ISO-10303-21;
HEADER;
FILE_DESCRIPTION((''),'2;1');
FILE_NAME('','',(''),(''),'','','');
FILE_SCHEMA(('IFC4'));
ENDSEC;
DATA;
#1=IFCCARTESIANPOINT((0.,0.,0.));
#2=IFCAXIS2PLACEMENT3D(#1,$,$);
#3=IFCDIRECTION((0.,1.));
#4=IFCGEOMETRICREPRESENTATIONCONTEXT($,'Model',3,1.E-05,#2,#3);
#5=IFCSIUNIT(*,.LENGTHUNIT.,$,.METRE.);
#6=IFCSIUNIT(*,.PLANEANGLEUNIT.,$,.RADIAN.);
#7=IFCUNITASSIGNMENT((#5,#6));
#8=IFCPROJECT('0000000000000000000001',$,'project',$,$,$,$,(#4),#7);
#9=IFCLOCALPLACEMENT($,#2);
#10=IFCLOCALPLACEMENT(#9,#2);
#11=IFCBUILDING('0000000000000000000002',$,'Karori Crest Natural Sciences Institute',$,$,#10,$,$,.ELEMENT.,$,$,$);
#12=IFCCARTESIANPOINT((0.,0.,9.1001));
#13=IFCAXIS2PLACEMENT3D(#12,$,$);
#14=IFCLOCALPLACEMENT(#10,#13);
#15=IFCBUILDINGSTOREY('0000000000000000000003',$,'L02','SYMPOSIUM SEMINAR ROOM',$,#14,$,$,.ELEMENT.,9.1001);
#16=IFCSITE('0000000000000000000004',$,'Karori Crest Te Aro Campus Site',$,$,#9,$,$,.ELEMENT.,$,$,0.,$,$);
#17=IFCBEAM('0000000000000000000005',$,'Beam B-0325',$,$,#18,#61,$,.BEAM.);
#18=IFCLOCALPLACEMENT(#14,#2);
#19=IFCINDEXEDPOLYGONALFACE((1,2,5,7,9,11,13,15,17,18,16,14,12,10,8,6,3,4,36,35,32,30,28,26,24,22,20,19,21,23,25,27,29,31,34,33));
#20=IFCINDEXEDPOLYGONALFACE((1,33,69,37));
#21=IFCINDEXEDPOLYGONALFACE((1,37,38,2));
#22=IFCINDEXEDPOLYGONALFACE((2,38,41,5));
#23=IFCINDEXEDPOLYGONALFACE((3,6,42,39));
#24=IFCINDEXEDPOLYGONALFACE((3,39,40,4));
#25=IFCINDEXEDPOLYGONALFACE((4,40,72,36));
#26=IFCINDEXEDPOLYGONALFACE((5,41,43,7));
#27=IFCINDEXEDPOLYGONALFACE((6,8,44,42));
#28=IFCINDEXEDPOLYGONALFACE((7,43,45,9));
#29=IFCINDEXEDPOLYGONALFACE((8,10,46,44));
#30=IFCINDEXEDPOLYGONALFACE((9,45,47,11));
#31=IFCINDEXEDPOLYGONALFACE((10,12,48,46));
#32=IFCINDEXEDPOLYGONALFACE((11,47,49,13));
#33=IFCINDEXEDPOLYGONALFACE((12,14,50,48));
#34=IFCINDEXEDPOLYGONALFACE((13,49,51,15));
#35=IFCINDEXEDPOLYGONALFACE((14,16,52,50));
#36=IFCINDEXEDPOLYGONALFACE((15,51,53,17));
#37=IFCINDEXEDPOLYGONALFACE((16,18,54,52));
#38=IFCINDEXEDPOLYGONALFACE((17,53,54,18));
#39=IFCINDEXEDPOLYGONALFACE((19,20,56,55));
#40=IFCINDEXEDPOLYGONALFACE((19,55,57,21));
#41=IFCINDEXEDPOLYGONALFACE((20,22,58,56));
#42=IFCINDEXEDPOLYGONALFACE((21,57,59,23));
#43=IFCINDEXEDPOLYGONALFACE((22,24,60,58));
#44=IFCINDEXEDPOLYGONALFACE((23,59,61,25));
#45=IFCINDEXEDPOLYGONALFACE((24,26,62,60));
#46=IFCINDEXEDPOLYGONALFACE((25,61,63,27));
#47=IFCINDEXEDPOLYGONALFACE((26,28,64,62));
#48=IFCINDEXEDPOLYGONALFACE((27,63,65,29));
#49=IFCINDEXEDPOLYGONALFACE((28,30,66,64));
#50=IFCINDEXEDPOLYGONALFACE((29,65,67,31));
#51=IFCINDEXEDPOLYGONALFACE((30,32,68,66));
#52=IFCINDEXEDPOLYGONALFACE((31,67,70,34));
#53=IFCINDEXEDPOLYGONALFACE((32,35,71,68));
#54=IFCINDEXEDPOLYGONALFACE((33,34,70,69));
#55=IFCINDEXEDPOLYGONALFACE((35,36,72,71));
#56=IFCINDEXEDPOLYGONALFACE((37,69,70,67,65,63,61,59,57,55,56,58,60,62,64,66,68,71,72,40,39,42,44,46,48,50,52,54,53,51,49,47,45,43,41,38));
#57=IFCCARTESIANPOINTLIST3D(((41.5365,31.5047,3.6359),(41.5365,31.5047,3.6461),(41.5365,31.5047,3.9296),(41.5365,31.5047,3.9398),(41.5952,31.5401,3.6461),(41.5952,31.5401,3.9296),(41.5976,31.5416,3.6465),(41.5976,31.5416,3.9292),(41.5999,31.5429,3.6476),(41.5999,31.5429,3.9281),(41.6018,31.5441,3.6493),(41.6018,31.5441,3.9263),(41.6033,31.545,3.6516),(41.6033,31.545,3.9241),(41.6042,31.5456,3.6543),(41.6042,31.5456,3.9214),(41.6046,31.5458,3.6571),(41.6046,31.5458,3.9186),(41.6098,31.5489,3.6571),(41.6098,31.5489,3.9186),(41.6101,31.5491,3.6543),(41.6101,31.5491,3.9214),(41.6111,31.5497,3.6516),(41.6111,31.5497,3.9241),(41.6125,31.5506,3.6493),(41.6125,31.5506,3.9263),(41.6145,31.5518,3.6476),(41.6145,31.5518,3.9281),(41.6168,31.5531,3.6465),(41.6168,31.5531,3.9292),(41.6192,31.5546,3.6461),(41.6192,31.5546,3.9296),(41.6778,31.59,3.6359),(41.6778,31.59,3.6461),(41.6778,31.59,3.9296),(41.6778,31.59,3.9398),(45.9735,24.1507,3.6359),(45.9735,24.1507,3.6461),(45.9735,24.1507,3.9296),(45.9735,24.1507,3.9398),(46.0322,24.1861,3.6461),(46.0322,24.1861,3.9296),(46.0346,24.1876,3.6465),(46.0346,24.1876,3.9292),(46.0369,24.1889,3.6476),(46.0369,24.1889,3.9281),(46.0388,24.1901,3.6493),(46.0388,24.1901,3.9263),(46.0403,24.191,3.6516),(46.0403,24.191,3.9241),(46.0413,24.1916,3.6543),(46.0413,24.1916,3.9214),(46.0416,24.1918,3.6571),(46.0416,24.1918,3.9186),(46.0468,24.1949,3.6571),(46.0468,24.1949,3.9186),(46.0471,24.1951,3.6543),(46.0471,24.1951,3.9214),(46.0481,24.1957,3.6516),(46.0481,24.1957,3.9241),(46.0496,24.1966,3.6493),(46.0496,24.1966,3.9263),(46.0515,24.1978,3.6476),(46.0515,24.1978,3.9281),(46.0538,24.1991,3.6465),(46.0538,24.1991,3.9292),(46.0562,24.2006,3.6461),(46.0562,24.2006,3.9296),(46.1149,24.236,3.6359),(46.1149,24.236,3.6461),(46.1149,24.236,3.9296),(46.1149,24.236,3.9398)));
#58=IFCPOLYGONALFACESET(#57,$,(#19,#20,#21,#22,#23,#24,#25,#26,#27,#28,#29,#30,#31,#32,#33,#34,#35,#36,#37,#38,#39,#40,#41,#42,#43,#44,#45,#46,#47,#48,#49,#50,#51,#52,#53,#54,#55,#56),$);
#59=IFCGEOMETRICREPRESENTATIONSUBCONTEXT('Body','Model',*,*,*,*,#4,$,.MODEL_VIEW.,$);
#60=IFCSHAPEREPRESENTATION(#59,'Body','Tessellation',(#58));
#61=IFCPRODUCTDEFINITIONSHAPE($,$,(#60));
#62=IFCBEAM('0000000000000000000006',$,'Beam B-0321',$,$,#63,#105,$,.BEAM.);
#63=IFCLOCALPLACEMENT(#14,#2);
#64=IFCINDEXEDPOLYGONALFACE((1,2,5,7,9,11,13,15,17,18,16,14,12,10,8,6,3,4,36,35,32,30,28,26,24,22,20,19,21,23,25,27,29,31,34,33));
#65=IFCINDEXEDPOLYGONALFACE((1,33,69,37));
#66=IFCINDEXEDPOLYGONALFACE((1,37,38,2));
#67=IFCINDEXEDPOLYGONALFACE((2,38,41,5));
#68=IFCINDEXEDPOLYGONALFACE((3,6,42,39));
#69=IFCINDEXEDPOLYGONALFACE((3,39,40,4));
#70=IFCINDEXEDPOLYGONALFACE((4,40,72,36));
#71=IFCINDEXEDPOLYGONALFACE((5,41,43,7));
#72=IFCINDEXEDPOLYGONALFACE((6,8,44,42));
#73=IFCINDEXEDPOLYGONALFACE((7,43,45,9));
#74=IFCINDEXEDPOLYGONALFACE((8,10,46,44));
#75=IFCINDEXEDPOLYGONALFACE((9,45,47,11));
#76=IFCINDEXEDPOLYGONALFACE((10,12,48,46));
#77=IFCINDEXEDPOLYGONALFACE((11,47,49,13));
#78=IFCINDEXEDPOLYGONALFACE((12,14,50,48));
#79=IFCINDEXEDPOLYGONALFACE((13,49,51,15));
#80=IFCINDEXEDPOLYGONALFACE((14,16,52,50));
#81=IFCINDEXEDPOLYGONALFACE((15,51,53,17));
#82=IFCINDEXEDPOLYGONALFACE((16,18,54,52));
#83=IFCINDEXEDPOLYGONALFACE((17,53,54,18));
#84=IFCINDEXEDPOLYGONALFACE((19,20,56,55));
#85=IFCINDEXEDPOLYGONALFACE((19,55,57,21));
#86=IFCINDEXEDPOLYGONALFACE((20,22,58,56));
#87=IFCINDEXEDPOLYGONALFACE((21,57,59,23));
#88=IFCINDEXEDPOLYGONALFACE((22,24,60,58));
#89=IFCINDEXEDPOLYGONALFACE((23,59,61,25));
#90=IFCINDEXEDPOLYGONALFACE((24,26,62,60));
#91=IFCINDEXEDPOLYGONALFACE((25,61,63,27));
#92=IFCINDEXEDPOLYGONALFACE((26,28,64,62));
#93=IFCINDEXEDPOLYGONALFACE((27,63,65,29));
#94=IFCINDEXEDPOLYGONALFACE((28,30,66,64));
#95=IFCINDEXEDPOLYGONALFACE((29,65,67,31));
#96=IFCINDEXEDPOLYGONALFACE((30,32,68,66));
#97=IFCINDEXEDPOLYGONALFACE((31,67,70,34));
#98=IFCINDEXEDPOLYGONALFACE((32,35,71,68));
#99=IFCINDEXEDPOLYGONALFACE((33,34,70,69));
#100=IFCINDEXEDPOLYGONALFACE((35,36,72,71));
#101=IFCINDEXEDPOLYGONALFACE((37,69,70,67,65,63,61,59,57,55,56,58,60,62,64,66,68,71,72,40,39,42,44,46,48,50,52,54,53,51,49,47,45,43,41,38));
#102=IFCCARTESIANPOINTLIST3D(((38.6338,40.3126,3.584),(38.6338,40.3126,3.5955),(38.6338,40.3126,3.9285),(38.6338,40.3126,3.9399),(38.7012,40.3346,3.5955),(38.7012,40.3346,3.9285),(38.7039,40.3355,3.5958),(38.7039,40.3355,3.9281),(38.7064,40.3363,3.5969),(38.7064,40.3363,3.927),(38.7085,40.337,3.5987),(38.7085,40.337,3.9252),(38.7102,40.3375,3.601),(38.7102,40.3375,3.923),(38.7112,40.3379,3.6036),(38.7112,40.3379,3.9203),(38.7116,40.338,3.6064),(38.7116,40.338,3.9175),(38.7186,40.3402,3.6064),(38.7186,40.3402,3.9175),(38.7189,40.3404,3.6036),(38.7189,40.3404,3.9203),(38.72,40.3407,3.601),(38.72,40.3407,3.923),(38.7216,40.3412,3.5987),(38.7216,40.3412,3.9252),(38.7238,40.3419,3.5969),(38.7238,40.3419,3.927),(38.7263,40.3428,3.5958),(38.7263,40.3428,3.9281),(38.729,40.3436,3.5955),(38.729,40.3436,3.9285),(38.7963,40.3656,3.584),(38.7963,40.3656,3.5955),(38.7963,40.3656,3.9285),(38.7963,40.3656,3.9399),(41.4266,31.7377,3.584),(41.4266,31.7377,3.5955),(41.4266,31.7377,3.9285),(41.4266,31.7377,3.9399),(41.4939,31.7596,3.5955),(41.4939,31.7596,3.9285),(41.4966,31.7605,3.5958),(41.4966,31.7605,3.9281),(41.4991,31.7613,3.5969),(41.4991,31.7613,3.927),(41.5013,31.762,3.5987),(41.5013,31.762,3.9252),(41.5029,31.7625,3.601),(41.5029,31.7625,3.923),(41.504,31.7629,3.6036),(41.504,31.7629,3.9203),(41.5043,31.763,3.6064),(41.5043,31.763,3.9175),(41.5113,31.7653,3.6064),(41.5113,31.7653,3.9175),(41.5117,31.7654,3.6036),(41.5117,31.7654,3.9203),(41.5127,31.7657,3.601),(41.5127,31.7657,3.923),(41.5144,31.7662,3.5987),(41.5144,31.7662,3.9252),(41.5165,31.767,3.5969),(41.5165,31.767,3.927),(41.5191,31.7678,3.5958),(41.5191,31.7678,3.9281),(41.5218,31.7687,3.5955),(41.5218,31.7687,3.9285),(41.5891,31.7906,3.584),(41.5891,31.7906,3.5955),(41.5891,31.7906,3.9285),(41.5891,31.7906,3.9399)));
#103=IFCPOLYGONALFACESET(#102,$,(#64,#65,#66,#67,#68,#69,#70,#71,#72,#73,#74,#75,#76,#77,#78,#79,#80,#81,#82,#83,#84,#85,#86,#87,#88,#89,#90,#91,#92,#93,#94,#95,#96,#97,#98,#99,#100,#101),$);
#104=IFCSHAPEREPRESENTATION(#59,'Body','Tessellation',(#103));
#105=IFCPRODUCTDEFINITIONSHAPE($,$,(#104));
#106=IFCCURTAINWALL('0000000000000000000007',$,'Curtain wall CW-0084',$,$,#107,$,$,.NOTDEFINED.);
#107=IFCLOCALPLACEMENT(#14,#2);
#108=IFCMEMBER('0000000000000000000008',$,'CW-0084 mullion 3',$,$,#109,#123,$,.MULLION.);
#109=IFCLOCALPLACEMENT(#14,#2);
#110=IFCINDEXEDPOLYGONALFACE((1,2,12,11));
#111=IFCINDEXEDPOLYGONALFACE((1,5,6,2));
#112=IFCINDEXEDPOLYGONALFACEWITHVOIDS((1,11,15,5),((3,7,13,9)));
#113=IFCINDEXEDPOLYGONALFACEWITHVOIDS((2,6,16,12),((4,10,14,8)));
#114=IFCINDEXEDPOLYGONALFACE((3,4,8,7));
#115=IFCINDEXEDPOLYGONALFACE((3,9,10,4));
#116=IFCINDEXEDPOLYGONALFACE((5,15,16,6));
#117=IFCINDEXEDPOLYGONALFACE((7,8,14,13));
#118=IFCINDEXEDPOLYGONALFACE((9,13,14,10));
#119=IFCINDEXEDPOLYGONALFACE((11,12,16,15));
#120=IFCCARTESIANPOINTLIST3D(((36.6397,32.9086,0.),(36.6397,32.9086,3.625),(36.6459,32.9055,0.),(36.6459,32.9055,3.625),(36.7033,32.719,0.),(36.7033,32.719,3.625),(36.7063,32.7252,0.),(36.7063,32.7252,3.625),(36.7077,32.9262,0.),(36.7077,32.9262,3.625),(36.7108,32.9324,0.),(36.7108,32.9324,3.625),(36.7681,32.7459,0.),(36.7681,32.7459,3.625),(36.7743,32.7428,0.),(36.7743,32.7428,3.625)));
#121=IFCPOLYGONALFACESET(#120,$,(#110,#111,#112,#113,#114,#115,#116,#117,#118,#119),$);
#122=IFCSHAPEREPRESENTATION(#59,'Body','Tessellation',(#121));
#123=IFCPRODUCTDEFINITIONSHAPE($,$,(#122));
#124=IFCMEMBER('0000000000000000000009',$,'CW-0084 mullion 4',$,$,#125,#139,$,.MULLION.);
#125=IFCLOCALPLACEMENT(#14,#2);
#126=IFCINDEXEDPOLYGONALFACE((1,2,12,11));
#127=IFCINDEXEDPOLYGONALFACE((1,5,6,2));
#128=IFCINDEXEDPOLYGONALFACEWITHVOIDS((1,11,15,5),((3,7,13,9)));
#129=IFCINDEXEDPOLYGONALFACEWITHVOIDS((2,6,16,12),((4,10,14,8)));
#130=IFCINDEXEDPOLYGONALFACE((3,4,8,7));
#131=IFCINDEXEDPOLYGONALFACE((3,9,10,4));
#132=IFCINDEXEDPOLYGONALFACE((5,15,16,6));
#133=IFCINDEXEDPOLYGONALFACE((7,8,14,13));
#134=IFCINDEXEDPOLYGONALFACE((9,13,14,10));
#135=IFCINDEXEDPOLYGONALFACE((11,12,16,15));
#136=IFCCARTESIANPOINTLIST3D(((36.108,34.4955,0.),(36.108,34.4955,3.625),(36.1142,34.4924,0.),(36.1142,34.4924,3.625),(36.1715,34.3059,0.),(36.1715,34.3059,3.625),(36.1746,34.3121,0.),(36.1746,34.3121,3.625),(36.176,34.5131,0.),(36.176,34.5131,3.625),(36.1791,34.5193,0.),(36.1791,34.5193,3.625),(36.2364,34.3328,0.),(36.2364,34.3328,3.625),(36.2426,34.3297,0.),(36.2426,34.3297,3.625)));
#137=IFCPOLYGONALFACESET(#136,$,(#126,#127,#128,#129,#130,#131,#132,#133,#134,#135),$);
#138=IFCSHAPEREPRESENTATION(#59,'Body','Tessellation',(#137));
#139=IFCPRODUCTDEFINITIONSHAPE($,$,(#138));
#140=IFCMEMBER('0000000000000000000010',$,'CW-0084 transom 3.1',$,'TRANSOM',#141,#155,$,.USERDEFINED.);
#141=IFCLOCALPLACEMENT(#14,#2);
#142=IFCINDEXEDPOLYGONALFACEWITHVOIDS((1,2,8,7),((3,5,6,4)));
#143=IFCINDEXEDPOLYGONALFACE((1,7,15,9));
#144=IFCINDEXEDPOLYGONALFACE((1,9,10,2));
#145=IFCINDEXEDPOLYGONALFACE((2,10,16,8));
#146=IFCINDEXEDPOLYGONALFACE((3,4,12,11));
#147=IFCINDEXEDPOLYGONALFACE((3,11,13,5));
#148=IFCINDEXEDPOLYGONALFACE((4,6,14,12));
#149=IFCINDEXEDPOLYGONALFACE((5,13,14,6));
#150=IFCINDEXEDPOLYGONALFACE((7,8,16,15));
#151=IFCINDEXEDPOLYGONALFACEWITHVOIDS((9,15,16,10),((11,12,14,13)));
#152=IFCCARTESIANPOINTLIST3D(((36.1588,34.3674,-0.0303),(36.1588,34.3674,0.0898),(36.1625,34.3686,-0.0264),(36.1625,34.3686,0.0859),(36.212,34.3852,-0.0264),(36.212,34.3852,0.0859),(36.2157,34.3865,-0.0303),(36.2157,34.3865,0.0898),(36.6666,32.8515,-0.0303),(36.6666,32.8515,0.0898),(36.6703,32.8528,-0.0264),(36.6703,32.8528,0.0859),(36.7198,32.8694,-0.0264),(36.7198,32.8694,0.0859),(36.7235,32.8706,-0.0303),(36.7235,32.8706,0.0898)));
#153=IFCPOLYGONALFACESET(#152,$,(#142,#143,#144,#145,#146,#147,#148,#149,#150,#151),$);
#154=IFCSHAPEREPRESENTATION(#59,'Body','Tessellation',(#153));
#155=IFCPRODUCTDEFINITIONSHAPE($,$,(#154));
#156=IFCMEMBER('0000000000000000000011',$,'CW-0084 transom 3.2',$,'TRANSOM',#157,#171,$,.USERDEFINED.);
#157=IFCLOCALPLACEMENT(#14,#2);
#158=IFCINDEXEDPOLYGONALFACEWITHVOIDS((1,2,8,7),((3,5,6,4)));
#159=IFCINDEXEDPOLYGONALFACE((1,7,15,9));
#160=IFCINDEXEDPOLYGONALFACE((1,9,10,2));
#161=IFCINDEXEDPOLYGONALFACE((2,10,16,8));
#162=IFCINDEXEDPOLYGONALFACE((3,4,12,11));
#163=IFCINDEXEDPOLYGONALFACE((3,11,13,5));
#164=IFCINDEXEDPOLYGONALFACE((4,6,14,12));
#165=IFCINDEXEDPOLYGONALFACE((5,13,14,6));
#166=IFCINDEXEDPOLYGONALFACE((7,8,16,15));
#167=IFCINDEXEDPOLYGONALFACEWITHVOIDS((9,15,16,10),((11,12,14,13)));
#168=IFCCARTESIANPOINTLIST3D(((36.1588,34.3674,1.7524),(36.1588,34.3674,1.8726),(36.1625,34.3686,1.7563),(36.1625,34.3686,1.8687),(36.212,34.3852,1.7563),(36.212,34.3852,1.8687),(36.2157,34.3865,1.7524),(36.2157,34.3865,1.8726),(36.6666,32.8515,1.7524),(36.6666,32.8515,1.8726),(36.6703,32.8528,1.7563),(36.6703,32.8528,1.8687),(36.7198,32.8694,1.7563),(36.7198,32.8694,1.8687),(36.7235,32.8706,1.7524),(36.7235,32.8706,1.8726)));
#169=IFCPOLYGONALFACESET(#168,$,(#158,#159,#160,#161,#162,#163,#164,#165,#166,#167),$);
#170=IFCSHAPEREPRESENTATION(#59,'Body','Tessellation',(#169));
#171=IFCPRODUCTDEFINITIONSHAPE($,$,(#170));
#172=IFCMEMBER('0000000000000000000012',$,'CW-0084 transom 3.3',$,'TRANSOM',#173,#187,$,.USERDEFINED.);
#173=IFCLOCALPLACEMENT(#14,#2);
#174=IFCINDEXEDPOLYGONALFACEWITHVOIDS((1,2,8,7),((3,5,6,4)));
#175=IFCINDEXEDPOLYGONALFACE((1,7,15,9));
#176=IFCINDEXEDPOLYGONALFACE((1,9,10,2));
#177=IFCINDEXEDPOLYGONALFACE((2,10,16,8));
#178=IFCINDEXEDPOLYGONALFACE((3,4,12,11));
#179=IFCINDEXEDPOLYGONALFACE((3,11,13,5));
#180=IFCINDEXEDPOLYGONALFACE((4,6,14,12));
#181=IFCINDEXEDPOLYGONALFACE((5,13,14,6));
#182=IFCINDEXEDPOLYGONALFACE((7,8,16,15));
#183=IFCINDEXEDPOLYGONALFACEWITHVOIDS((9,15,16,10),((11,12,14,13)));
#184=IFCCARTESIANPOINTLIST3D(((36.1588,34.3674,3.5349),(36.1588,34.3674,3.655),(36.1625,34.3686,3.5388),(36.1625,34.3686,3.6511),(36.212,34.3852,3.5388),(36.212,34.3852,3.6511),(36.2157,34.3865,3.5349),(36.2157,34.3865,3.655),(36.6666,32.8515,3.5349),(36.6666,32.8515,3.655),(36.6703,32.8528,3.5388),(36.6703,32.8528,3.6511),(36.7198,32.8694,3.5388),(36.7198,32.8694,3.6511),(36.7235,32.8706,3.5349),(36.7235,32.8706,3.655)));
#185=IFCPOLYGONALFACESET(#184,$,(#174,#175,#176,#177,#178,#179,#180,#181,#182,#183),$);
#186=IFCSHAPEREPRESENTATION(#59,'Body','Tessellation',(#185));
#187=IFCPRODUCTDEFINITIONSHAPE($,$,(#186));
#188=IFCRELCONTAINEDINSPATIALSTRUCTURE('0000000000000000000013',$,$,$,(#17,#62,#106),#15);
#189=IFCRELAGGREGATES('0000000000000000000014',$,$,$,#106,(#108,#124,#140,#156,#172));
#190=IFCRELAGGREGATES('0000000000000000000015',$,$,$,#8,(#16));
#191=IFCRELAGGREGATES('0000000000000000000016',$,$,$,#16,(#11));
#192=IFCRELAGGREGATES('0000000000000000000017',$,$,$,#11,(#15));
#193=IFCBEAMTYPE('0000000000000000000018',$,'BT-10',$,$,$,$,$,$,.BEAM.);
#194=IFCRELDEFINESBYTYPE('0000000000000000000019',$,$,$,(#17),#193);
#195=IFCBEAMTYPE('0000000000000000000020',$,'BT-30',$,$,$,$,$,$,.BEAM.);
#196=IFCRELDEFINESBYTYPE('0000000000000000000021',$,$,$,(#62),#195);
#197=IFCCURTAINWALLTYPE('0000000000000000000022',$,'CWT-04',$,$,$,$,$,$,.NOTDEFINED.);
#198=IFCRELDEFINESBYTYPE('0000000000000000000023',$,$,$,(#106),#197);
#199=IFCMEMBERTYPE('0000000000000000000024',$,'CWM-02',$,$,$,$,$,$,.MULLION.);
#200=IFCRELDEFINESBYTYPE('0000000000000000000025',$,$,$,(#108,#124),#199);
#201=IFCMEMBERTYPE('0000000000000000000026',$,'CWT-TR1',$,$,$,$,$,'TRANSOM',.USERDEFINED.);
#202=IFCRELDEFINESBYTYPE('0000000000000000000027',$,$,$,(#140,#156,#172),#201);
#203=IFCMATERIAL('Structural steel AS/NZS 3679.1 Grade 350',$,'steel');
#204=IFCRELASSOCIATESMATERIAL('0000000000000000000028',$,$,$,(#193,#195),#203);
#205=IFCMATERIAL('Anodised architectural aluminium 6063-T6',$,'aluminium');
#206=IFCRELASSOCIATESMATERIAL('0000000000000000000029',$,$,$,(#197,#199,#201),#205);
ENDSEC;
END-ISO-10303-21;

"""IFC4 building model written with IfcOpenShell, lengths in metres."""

from ifc_helpers import new_model, si_unit, direction, frame, origin, origin_2d, place, context, subcontext, project, spatial, hollow_rectangle, i_section, extrude, material, material_profile, profile_set, type_object, element, aggregate, save


model = new_model("IFC4")

# Units and contexts
model_context = context("Model", 3, precision=1e-05, world=origin(), true_north=direction((0.0, 1.0)))
body_context = subcontext(model_context, "Body", "Model", "MODEL_VIEW")
ifc_project = project(units=[si_unit("LENGTHUNIT", "METRE"), si_unit("PLANEANGLEUNIT", "RADIAN")], contexts=[model_context])

# Site, building, storey
site_placement = place(None, origin())
site = spatial("IfcSite", under=ifc_project, at=site_placement, Name="Karori Crest Te Aro Campus Site", CompositionType="ELEMENT", RefElevation=0.0)
building_placement = place(site_placement, origin())
building = spatial("IfcBuilding", under=site, at=building_placement, Name="Karori Crest Natural Sciences Institute", CompositionType="ELEMENT")
storey_placement = place(building_placement, frame((0.0, 0.0, 9.1001)))
storey = spatial("IfcBuildingStorey", under=building, at=storey_placement, Name="L02", Description="SYMPOSIUM SEMINAR ROOM", CompositionType="ELEMENT", Elevation=9.1001)

# Beams
ifc_material_1 = material(Name="Structural steel AS/NZS 3679.1 Grade 350", Category="steel")
ifc_material_profile_1 = material_profile(ifc_material_1, i_section(OverallWidth=0.165, OverallDepth=0.304, WebThickness=0.0061, FlangeThickness=0.0103, FilletRadius=0.011, at=origin_2d()), Name="310UB40.4")
ifc_profile_set_1 = profile_set([ifc_material_profile_1], Name="Structural steel AS/NZS 3679.1 Grade 350")
beam_type_1 = type_object("IfcBeamType", Name="BT-10", PredefinedType="BEAM", material=ifc_profile_set_1)
beam_1_placement = place(storey_placement, frame((41.6072, 31.5474, 3.7878), z_axis=(0.516601, -0.856226, 0.0), x_axis=(0.856226, 0.516601, 0.0)))
element("IfcBeam", 1, at=beam_1_placement, inside=storey, type_object=beam_type_1, Name="Beam B-0325", PredefinedType="BEAM", context=body_context, shape_type="SweptSolid", body=[
    extrude(i_section(OverallWidth=0.165, OverallDepth=0.304, WebThickness=0.0061, FlangeThickness=0.0103, FilletRadius=0.011, at=origin_2d()), origin(), (0.0, 0.0, 1.0), 8.5889),
])
ifc_material_profile_2 = material_profile(ifc_material_1, i_section(OverallWidth=0.1709, OverallDepth=0.356, WebThickness=0.0073, FlangeThickness=0.0115, FilletRadius=0.011, at=origin_2d()), Name="360UB50.7")
ifc_profile_set_2 = profile_set([ifc_material_profile_2], Name="Structural steel AS/NZS 3679.1 Grade 350")
beam_type_2 = type_object("IfcBeamType", Name="BT-30", PredefinedType="BEAM", material=ifc_profile_set_2)
beam_2_placement = place(storey_placement, frame((38.7151, 40.3391, 3.762), z_axis=(0.309674, -0.950843, 0.0), x_axis=(0.950843, 0.309674, 0.0)))
element("IfcBeam", 2, at=beam_2_placement, inside=storey, type_object=beam_type_2, Name="Beam B-0321", PredefinedType="BEAM", context=body_context, shape_type="SweptSolid", body=[
    extrude(i_section(OverallWidth=0.1709, OverallDepth=0.356, WebThickness=0.0073, FlangeThickness=0.0115, FilletRadius=0.011, at=origin_2d()), origin(), (0.0, 0.0, 1.0), 9.0183),
])

# Curtain wall, members
ifc_material_2 = material(Name="Anodised architectural aluminium 6063-T6", Category="aluminium")
curtain_wall_type = type_object("IfcCurtainWallType", Name="CWT-04", PredefinedType="NOTDEFINED", material=ifc_material_2)
curtain_wall_placement = place(storey_placement, origin())
curtain_wall = element("IfcCurtainWall", 3, at=curtain_wall_placement, inside=storey, type_object=curtain_wall_type, Name="Curtain wall CW-0084", PredefinedType="NOTDEFINED")
ifc_material_profile_3 = material_profile(ifc_material_2, hollow_rectangle(XDim=0.075, YDim=0.2, WallThickness=0.0049, at=origin_2d()), Name="CWM200x75x5")
ifc_profile_set_3 = profile_set([ifc_material_profile_3], Name="Anodised architectural aluminium 6063-T6")
member_type_1 = type_object("IfcMemberType", Name="CWM-02", PredefinedType="MULLION", material=ifc_profile_set_3)
member_1_placement = place(storey_placement, frame((36.707, 32.8257, 0.0), z_axis=(0.0, 0.0, 1.0), x_axis=(-0.948196, -0.317685, 0.0)))
member_1 = element("IfcMember", 4, at=member_1_placement, type_object=member_type_1, Name="CW-0084 mullion 3", PredefinedType="MULLION", context=body_context, shape_type="SweptSolid", body=[
    extrude(hollow_rectangle(XDim=0.075, YDim=0.2, WallThickness=0.0049, at=origin_2d()), origin(), (0.0, 0.0, 1.0), 3.625),
])
member_2_placement = place(storey_placement, frame((36.1753, 34.4126, 0.0), z_axis=(0.0, 0.0, 1.0), x_axis=(-0.948196, -0.317685, 0.0)))
member_2 = element("IfcMember", 5, at=member_2_placement, type_object=member_type_1, Name="CW-0084 mullion 4", PredefinedType="MULLION", context=body_context, shape_type="SweptSolid", body=[
    extrude(hollow_rectangle(XDim=0.075, YDim=0.2, WallThickness=0.0049, at=origin_2d()), origin(), (0.0, 0.0, 1.0), 3.625),
])
ifc_material_profile_4 = material_profile(ifc_material_2, hollow_rectangle(XDim=0.0601, YDim=0.1201, WallThickness=0.0039, at=origin_2d()), Name="CWT120x60x4")
ifc_profile_set_4 = profile_set([ifc_material_profile_4], Name="Anodised architectural aluminium 6063-T6")
member_type_2 = type_object("IfcMemberType", Name="CWT-TR1", ElementType="TRANSOM", PredefinedType="USERDEFINED", material=ifc_profile_set_4)
member_3_placement = place(storey_placement, frame((36.6951, 32.8611, 0.0298), z_axis=(-0.317648, 0.948209, 0.0), x_axis=(-0.948209, -0.317648, 0.0)))
member_3 = element("IfcMember", 6, at=member_3_placement, type_object=member_type_2, Name="CW-0084 transom 3.1", ObjectType="TRANSOM", PredefinedType="USERDEFINED", context=body_context, shape_type="SweptSolid", body=[
    extrude(hollow_rectangle(XDim=0.0601, YDim=0.1201, WallThickness=0.0039, at=origin_2d()), origin(), (0.0, 0.0, 1.0), 1.5986),
])
member_4_placement = place(storey_placement, frame((36.6951, 32.8611, 1.8125), z_axis=(-0.317648, 0.948209, 0.0), x_axis=(-0.948209, -0.317648, 0.0)))
member_4 = element("IfcMember", 7, at=member_4_placement, type_object=member_type_2, Name="CW-0084 transom 3.2", ObjectType="TRANSOM", PredefinedType="USERDEFINED", context=body_context, shape_type="SweptSolid", body=[
    extrude(hollow_rectangle(XDim=0.0601, YDim=0.1201, WallThickness=0.0039, at=origin_2d()), origin(), (0.0, 0.0, 1.0), 1.5986),
])
member_5_placement = place(storey_placement, frame((36.6951, 32.8611, 3.595), z_axis=(-0.317648, 0.948209, 0.0), x_axis=(-0.948209, -0.317648, 0.0)))
member_5 = element("IfcMember", 8, at=member_5_placement, type_object=member_type_2, Name="CW-0084 transom 3.3", ObjectType="TRANSOM", PredefinedType="USERDEFINED", context=body_context, shape_type="SweptSolid", body=[
    extrude(hollow_rectangle(XDim=0.0601, YDim=0.1201, WallThickness=0.0039, at=origin_2d()), origin(), (0.0, 0.0, 1.0), 1.5986),
])
aggregate(curtain_wall, [member_1, member_2, member_3, member_4, member_5])

save(model, "model.ifc")
